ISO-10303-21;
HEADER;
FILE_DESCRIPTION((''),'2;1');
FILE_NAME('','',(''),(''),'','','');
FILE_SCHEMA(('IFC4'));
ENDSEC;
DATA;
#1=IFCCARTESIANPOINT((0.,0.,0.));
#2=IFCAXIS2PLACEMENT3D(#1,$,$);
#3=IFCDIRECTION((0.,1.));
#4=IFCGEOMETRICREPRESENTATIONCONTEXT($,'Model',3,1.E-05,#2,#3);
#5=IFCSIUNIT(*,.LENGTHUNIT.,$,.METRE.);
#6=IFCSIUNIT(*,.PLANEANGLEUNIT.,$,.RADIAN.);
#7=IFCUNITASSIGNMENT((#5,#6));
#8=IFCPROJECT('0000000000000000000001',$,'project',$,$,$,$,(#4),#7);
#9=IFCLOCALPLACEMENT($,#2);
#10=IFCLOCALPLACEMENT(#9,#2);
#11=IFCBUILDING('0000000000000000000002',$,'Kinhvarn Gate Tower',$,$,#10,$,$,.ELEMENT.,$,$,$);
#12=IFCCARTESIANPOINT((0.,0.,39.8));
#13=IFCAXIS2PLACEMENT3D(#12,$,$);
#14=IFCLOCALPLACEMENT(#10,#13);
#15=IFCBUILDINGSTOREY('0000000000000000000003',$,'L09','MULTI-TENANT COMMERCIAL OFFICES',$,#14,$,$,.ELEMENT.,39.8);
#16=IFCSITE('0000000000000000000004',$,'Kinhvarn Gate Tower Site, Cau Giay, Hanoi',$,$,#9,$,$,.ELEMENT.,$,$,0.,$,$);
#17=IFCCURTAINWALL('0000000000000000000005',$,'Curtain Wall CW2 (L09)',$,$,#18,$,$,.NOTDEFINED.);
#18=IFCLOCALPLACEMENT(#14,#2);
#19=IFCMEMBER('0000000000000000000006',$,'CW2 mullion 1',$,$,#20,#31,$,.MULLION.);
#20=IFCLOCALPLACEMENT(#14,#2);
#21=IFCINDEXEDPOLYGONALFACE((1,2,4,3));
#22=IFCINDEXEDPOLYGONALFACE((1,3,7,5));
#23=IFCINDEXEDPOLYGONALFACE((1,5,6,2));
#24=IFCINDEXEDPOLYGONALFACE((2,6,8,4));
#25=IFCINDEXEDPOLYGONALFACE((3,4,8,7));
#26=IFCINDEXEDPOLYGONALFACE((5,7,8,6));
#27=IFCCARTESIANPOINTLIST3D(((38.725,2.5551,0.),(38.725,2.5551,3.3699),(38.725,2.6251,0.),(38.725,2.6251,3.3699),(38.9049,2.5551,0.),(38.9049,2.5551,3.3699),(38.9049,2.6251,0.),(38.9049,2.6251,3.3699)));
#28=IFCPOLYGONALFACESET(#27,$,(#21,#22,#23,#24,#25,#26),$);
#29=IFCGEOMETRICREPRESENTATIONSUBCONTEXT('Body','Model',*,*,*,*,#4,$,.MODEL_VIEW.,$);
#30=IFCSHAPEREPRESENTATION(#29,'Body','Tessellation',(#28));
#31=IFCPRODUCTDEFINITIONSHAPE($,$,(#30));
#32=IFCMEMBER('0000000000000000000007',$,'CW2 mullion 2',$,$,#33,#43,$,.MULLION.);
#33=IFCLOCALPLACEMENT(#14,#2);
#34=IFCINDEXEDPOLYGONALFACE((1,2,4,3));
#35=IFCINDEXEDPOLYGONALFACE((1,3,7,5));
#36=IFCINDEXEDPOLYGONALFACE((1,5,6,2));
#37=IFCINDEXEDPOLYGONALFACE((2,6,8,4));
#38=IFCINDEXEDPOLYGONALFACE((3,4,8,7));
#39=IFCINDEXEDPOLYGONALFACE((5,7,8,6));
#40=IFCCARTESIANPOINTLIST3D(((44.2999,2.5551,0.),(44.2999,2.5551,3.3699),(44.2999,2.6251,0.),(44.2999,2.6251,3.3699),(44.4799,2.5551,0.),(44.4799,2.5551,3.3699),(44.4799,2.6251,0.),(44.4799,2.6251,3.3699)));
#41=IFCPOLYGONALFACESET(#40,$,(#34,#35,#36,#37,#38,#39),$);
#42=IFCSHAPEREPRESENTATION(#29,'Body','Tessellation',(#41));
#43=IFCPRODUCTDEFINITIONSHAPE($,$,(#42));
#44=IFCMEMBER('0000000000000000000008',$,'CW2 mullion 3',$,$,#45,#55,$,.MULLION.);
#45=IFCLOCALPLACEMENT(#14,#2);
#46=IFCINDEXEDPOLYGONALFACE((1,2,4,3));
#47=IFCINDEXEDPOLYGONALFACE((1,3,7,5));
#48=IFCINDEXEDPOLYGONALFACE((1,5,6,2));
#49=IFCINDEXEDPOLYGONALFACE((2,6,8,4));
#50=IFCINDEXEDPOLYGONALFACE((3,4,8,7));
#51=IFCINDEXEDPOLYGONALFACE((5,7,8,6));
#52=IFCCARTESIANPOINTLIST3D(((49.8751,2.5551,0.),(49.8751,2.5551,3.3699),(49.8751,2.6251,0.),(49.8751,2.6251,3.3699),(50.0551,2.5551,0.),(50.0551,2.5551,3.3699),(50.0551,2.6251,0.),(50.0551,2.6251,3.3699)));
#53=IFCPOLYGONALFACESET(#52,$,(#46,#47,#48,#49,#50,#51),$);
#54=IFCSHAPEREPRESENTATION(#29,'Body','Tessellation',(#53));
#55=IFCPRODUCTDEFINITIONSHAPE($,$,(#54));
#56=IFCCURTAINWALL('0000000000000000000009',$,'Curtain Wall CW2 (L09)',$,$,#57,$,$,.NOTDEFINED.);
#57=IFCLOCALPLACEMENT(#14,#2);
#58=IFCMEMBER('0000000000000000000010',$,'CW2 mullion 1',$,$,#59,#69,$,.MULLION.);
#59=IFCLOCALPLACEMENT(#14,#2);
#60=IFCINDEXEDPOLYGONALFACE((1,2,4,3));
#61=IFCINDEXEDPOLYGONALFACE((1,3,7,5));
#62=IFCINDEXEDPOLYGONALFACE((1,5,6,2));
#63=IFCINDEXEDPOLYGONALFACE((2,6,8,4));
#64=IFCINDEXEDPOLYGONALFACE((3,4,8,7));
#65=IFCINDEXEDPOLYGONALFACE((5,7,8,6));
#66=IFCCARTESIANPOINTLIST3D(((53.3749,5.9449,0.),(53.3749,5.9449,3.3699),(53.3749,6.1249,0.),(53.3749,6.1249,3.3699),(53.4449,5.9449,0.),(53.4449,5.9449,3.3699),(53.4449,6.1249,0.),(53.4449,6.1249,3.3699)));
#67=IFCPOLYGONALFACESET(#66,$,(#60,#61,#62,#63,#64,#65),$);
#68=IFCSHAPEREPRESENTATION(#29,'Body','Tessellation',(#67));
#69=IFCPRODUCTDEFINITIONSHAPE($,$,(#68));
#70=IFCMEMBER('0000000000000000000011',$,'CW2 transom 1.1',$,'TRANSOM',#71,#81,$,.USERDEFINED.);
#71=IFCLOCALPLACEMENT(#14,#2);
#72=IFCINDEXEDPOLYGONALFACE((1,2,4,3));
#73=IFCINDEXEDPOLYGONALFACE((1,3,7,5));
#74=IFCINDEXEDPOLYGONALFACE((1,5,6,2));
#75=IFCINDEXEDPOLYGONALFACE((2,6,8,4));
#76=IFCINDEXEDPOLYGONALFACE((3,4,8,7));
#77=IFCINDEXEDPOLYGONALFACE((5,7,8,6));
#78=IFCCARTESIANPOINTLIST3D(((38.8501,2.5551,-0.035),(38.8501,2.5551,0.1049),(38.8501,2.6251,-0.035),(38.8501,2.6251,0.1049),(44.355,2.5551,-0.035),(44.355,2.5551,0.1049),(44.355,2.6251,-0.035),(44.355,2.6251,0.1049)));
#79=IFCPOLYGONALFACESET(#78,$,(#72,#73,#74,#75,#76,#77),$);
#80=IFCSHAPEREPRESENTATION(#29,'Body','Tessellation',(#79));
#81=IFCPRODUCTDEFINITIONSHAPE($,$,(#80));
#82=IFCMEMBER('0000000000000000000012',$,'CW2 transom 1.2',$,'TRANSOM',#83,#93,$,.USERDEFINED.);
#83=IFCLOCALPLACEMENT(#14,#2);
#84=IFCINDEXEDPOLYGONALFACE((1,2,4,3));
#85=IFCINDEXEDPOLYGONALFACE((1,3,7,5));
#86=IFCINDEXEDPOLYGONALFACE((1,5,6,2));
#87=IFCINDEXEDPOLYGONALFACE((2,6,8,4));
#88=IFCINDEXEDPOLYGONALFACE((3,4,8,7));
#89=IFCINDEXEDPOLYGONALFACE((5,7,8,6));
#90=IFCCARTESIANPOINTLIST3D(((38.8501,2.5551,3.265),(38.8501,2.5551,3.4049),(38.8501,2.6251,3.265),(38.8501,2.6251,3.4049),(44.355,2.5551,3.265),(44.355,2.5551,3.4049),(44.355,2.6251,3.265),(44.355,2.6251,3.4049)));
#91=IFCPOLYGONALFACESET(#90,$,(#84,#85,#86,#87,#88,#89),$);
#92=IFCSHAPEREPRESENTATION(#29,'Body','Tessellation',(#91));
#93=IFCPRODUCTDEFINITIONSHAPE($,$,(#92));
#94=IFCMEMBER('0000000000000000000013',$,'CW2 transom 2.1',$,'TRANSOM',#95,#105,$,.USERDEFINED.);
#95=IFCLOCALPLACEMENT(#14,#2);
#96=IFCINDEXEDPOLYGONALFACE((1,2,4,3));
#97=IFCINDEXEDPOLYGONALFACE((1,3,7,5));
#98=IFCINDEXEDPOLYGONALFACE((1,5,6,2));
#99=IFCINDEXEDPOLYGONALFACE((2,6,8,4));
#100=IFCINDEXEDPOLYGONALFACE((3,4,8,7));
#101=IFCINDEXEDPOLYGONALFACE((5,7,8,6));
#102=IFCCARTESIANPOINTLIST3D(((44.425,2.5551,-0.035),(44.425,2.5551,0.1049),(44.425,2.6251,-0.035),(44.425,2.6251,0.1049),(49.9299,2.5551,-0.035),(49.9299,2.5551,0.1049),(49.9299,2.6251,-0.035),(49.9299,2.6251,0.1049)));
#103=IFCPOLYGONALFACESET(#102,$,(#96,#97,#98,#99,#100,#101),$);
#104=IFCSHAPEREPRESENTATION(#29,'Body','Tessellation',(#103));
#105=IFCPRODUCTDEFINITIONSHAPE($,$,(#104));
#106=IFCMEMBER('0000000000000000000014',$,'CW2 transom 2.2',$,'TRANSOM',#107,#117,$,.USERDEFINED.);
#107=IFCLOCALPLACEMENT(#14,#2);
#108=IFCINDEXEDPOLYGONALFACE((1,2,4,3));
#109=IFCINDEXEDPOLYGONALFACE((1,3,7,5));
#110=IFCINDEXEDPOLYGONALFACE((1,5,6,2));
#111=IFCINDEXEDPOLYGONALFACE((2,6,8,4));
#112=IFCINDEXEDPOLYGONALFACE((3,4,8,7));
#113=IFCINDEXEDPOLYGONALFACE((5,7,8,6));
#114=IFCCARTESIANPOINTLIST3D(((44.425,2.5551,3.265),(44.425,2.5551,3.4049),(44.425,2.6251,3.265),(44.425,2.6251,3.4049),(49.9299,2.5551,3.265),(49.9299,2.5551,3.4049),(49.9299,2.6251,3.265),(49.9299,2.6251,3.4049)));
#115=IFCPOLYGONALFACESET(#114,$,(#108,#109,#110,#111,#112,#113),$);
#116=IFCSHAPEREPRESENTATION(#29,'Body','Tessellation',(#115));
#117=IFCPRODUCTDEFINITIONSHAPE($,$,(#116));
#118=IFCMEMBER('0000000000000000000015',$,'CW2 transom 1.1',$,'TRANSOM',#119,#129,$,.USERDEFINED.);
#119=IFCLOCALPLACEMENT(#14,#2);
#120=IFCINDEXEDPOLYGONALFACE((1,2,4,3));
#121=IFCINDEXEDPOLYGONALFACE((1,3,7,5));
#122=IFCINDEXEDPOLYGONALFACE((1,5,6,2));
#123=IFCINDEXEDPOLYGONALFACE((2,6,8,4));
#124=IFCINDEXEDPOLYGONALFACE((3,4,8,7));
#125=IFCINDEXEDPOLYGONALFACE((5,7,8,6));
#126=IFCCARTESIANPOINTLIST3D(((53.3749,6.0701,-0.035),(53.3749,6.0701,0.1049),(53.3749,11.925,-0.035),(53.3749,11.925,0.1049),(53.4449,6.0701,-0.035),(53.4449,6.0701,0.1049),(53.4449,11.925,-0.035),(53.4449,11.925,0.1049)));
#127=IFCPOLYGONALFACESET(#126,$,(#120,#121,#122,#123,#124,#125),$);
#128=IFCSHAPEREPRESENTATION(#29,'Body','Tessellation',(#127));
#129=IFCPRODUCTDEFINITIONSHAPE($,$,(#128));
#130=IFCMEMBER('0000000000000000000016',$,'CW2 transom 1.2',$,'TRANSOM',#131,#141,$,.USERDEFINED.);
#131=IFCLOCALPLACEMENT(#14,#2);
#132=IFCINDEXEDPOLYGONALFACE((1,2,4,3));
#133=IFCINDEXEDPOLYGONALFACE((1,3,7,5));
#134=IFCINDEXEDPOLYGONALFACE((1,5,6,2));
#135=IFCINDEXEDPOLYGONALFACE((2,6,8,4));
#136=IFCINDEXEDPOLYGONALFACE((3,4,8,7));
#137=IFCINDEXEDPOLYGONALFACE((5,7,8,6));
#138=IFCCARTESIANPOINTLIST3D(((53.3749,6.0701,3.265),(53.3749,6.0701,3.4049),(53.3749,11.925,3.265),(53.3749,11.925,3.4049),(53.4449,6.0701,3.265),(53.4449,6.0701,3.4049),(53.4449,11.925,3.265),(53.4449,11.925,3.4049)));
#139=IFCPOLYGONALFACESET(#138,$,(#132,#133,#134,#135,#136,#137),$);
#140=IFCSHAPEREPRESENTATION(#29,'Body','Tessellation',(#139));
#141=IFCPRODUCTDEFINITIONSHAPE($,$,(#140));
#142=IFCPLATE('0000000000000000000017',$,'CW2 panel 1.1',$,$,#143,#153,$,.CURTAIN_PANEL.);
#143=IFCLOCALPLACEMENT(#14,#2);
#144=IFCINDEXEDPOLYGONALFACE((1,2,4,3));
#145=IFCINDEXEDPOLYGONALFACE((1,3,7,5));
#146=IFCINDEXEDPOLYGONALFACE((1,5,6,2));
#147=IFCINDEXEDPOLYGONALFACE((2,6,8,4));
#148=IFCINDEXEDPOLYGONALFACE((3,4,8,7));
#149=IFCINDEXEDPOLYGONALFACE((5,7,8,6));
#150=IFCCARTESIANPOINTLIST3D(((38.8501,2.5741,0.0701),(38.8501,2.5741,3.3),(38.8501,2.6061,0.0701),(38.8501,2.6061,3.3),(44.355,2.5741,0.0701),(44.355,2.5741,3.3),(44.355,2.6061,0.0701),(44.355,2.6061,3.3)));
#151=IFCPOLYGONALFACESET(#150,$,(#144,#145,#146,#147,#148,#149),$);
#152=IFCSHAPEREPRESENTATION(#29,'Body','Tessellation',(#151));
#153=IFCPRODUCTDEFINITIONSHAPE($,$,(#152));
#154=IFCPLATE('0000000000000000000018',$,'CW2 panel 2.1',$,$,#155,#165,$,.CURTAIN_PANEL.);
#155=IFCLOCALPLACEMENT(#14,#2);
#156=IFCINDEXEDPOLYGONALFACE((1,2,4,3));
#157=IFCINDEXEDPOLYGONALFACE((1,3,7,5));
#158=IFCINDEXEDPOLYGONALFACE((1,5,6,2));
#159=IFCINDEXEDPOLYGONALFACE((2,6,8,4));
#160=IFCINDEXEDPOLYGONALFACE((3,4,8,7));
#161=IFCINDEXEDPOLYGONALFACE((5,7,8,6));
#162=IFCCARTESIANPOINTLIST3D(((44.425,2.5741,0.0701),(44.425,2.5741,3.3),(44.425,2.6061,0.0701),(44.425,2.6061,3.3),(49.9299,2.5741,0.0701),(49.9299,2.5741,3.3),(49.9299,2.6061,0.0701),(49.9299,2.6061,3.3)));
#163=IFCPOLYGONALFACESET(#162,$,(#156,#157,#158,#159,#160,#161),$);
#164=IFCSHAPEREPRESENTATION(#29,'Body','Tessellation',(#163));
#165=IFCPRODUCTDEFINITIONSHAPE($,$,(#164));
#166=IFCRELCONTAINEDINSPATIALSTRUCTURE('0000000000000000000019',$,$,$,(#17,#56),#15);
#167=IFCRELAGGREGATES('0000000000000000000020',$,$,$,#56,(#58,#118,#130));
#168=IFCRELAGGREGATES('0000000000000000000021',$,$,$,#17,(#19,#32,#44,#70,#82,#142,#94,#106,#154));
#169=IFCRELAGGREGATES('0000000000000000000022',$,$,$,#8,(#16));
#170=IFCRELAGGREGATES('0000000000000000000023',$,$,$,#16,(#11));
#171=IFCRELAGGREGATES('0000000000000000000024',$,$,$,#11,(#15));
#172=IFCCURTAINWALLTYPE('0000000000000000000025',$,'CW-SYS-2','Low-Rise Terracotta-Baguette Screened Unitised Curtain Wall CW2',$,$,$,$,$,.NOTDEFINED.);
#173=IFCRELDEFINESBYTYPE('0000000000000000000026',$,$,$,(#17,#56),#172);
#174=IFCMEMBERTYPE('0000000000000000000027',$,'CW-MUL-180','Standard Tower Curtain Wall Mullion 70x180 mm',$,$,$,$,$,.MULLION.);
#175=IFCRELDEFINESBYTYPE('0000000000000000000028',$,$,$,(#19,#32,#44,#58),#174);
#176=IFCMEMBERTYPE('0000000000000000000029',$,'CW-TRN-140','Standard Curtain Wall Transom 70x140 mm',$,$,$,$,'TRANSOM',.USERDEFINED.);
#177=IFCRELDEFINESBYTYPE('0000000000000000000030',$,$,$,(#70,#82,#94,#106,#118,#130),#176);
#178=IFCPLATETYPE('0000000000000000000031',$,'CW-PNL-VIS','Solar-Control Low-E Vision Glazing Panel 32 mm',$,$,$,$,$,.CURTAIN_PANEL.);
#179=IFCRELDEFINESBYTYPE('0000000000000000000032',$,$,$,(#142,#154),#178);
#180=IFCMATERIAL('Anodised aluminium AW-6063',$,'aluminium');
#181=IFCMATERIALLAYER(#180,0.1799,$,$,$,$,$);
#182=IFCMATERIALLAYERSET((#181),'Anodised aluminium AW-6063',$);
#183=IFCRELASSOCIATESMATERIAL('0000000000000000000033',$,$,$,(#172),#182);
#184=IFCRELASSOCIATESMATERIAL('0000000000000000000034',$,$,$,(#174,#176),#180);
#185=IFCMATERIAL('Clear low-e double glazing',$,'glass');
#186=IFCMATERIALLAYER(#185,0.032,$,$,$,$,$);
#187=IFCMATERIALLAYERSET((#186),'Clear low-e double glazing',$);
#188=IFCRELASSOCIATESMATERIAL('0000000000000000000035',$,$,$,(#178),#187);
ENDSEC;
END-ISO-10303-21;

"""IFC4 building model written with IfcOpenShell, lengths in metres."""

from ifc_helpers import new_model, si_unit, direction, frame, origin, origin_2d, place, context, subcontext, project, spatial, rectangle, extrude, material, layer, layer_set, material_profile, profile_set, type_object, element, aggregate, save


model = new_model("IFC4")

# Units and contexts
model_context = context("Model", 3, precision=1e-05, world=origin(), true_north=direction((0.0, 1.0)))
body_context = subcontext(model_context, "Body", "Model", "MODEL_VIEW")
ifc_project = project(units=[si_unit("LENGTHUNIT", "METRE"), si_unit("PLANEANGLEUNIT", "RADIAN")], contexts=[model_context])

# Site, building, storey
site_placement = place(None, origin())
site = spatial("IfcSite", under=ifc_project, at=site_placement, Name="Kinhvarn Gate Tower Site, Cau Giay, Hanoi", CompositionType="ELEMENT", RefElevation=0.0)
building_placement = place(site_placement, origin())
building = spatial("IfcBuilding", under=site, at=building_placement, Name="Kinhvarn Gate Tower", CompositionType="ELEMENT")
storey_placement = place(building_placement, frame((0.0, 0.0, 39.8)))
storey = spatial("IfcBuildingStorey", under=building, at=storey_placement, Name="L09", Description="MULTI-TENANT COMMERCIAL OFFICES", CompositionType="ELEMENT", Elevation=39.8)

# Curtain wall, members
ifc_material_1 = material(Name="Anodised aluminium AW-6063", Category="aluminium")
ifc_layer_1 = layer(ifc_material_1, 0.1799)
ifc_layer_set_1 = layer_set([ifc_layer_1], Name="Anodised aluminium AW-6063")
curtain_wall_type = type_object("IfcCurtainWallType", Name="CW-SYS-2", Description="Low-Rise Terracotta-Baguette Screened Unitised Curtain Wall CW2", PredefinedType="NOTDEFINED", material=ifc_layer_set_1)
curtain_wall_1_placement = place(storey_placement, origin())
curtain_wall_1 = element("IfcCurtainWall", 1, at=curtain_wall_1_placement, inside=storey, type_object=curtain_wall_type, Name="Curtain Wall CW2 (L09)", PredefinedType="NOTDEFINED")
ifc_material_profile_1 = material_profile(ifc_material_1, rectangle(XDim=0.0701, YDim=0.1799, at=origin_2d()), Name="ALU 70x180")
ifc_profile_set_1 = profile_set([ifc_material_profile_1], Name="Anodised aluminium AW-6063")
member_type_1 = type_object("IfcMemberType", Name="CW-MUL-180", Description="Standard Tower Curtain Wall Mullion 70x180 mm", PredefinedType="MULLION", material=ifc_profile_set_1)
member_1_placement = place(storey_placement, frame((38.8149, 2.5901, 0.0), z_axis=(0.0, 0.0, 1.0), x_axis=(0.0, 1.0, 0.0)))
member_1 = element("IfcMember", 2, at=member_1_placement, type_object=member_type_1, Name="CW2 mullion 1", PredefinedType="MULLION", context=body_context, shape_type="SweptSolid", body=[
    extrude(rectangle(XDim=0.0701, YDim=0.1799, at=origin_2d()), origin(), (0.0, 0.0, 1.0), 3.3699),
])
member_2_placement = place(storey_placement, frame((44.3899, 2.5901, 0.0), z_axis=(0.0, 0.0, 1.0), x_axis=(0.0, 1.0, 0.0)))
member_2 = element("IfcMember", 3, at=member_2_placement, type_object=member_type_1, Name="CW2 mullion 2", PredefinedType="MULLION", context=body_context, shape_type="SweptSolid", body=[
    extrude(rectangle(XDim=0.0701, YDim=0.1799, at=origin_2d()), origin(), (0.0, 0.0, 1.0), 3.3699),
])
member_3_placement = place(storey_placement, frame((49.9651, 2.5901, 0.0), z_axis=(0.0, 0.0, 1.0), x_axis=(0.0, 1.0, 0.0)))
member_3 = element("IfcMember", 4, at=member_3_placement, type_object=member_type_1, Name="CW2 mullion 3", PredefinedType="MULLION", context=body_context, shape_type="SweptSolid", body=[
    extrude(rectangle(XDim=0.0701, YDim=0.1799, at=origin_2d()), origin(), (0.0, 0.0, 1.0), 3.3699),
])

# Curtain wall, member
curtain_wall_2_placement = place(storey_placement, origin())
curtain_wall_2 = element("IfcCurtainWall", 5, at=curtain_wall_2_placement, inside=storey, type_object=curtain_wall_type, Name="Curtain Wall CW2 (L09)", PredefinedType="NOTDEFINED")
member_4_placement = place(storey_placement, frame((53.4099, 6.0349, 0.0), z_axis=(0.0, 0.0, 1.0), x_axis=(-1.0, 0.0, 0.0)))
member_4 = element("IfcMember", 6, at=member_4_placement, type_object=member_type_1, Name="CW2 mullion 1", PredefinedType="MULLION", context=body_context, shape_type="SweptSolid", body=[
    extrude(rectangle(XDim=0.0701, YDim=0.1799, at=origin_2d()), origin(), (0.0, 0.0, 1.0), 3.3699),
])

# Members
ifc_material_profile_2 = material_profile(ifc_material_1, rectangle(XDim=0.0701, YDim=0.1399, at=origin_2d()), Name="ALU 70x140")
ifc_profile_set_2 = profile_set([ifc_material_profile_2], Name="Anodised aluminium AW-6063")
member_type_2 = type_object("IfcMemberType", Name="CW-TRN-140", Description="Standard Curtain Wall Transom 70x140 mm", ElementType="TRANSOM", PredefinedType="USERDEFINED", material=ifc_profile_set_2)
member_5_placement = place(storey_placement, frame((38.8501, 2.5901, 0.0349), z_axis=(1.0, 0.0, 0.0), x_axis=(0.0, 1.0, 0.0)))
member_5 = element("IfcMember", 7, at=member_5_placement, type_object=member_type_2, Name="CW2 transom 1.1", ObjectType="TRANSOM", PredefinedType="USERDEFINED", context=body_context, shape_type="SweptSolid", body=[
    extrude(rectangle(XDim=0.0701, YDim=0.1399, at=origin_2d()), origin(), (0.0, 0.0, 1.0), 5.5049),
])
member_6_placement = place(storey_placement, frame((38.8501, 2.5901, 3.335), z_axis=(1.0, 0.0, 0.0), x_axis=(0.0, 1.0, 0.0)))
member_6 = element("IfcMember", 8, at=member_6_placement, type_object=member_type_2, Name="CW2 transom 1.2", ObjectType="TRANSOM", PredefinedType="USERDEFINED", context=body_context, shape_type="SweptSolid", body=[
    extrude(rectangle(XDim=0.0701, YDim=0.1399, at=origin_2d()), origin(), (0.0, 0.0, 1.0), 5.5049),
])
member_7_placement = place(storey_placement, frame((44.425, 2.5901, 0.0349), z_axis=(1.0, 0.0, 0.0), x_axis=(0.0, 1.0, 0.0)))
member_7 = element("IfcMember", 9, at=member_7_placement, type_object=member_type_2, Name="CW2 transom 2.1", ObjectType="TRANSOM", PredefinedType="USERDEFINED", context=body_context, shape_type="SweptSolid", body=[
    extrude(rectangle(XDim=0.0701, YDim=0.1399, at=origin_2d()), origin(), (0.0, 0.0, 1.0), 5.5049),
])
member_8_placement = place(storey_placement, frame((44.425, 2.5901, 3.335), z_axis=(1.0, 0.0, 0.0), x_axis=(0.0, 1.0, 0.0)))
member_8 = element("IfcMember", 10, at=member_8_placement, type_object=member_type_2, Name="CW2 transom 2.2", ObjectType="TRANSOM", PredefinedType="USERDEFINED", context=body_context, shape_type="SweptSolid", body=[
    extrude(rectangle(XDim=0.0701, YDim=0.1399, at=origin_2d()), origin(), (0.0, 0.0, 1.0), 5.5049),
])
member_9_placement = place(storey_placement, frame((53.4099, 6.0701, 0.0349), z_axis=(0.0, 1.0, 0.0), x_axis=(-1.0, 0.0, 0.0)))
member_9 = element("IfcMember", 11, at=member_9_placement, type_object=member_type_2, Name="CW2 transom 1.1", ObjectType="TRANSOM", PredefinedType="USERDEFINED", context=body_context, shape_type="SweptSolid", body=[
    extrude(rectangle(XDim=0.0701, YDim=0.1399, at=origin_2d()), origin(), (0.0, 0.0, 1.0), 5.855),
])
member_10_placement = place(storey_placement, frame((53.4099, 6.0701, 3.335), z_axis=(0.0, 1.0, 0.0), x_axis=(-1.0, 0.0, 0.0)))
member_10 = element("IfcMember", 12, at=member_10_placement, type_object=member_type_2, Name="CW2 transom 1.2", ObjectType="TRANSOM", PredefinedType="USERDEFINED", context=body_context, shape_type="SweptSolid", body=[
    extrude(rectangle(XDim=0.0701, YDim=0.1399, at=origin_2d()), origin(), (0.0, 0.0, 1.0), 5.855),
])
aggregate(curtain_wall_2, [member_4, member_9, member_10])

# Plates
ifc_material_2 = material(Name="Clear low-e double glazing", Category="glass")
ifc_layer_2 = layer(ifc_material_2, 0.032)
ifc_layer_set_2 = layer_set([ifc_layer_2], Name="Clear low-e double glazing")
plate_type = type_object("IfcPlateType", Name="CW-PNL-VIS", Description="Solar-Control Low-E Vision Glazing Panel 32 mm", PredefinedType="CURTAIN_PANEL", material=ifc_layer_set_2)
plate_1_placement = place(storey_placement, frame((41.6025, 2.5901, 0.0701), z_axis=(0.0, 0.0, 1.0), x_axis=(1.0, 0.0, 0.0)))
plate_1 = element("IfcPlate", 13, at=plate_1_placement, type_object=plate_type, Name="CW2 panel 1.1", PredefinedType="CURTAIN_PANEL", context=body_context, shape_type="SweptSolid", body=[
    extrude(rectangle(XDim=5.5049, YDim=0.032, at=origin_2d()), origin(), (0.0, 0.0, 1.0), 3.23),
])
plate_2_placement = place(storey_placement, frame((47.1775, 2.5901, 0.0701), z_axis=(0.0, 0.0, 1.0), x_axis=(1.0, 0.0, 0.0)))
plate_2 = element("IfcPlate", 14, at=plate_2_placement, type_object=plate_type, Name="CW2 panel 2.1", PredefinedType="CURTAIN_PANEL", context=body_context, shape_type="SweptSolid", body=[
    extrude(rectangle(XDim=5.5049, YDim=0.032, at=origin_2d()), origin(), (0.0, 0.0, 1.0), 3.23),
])
aggregate(curtain_wall_1, [member_1, member_2, member_3, member_5, member_6, plate_1, member_7, member_8, plate_2])

save(model, "model.ifc")
